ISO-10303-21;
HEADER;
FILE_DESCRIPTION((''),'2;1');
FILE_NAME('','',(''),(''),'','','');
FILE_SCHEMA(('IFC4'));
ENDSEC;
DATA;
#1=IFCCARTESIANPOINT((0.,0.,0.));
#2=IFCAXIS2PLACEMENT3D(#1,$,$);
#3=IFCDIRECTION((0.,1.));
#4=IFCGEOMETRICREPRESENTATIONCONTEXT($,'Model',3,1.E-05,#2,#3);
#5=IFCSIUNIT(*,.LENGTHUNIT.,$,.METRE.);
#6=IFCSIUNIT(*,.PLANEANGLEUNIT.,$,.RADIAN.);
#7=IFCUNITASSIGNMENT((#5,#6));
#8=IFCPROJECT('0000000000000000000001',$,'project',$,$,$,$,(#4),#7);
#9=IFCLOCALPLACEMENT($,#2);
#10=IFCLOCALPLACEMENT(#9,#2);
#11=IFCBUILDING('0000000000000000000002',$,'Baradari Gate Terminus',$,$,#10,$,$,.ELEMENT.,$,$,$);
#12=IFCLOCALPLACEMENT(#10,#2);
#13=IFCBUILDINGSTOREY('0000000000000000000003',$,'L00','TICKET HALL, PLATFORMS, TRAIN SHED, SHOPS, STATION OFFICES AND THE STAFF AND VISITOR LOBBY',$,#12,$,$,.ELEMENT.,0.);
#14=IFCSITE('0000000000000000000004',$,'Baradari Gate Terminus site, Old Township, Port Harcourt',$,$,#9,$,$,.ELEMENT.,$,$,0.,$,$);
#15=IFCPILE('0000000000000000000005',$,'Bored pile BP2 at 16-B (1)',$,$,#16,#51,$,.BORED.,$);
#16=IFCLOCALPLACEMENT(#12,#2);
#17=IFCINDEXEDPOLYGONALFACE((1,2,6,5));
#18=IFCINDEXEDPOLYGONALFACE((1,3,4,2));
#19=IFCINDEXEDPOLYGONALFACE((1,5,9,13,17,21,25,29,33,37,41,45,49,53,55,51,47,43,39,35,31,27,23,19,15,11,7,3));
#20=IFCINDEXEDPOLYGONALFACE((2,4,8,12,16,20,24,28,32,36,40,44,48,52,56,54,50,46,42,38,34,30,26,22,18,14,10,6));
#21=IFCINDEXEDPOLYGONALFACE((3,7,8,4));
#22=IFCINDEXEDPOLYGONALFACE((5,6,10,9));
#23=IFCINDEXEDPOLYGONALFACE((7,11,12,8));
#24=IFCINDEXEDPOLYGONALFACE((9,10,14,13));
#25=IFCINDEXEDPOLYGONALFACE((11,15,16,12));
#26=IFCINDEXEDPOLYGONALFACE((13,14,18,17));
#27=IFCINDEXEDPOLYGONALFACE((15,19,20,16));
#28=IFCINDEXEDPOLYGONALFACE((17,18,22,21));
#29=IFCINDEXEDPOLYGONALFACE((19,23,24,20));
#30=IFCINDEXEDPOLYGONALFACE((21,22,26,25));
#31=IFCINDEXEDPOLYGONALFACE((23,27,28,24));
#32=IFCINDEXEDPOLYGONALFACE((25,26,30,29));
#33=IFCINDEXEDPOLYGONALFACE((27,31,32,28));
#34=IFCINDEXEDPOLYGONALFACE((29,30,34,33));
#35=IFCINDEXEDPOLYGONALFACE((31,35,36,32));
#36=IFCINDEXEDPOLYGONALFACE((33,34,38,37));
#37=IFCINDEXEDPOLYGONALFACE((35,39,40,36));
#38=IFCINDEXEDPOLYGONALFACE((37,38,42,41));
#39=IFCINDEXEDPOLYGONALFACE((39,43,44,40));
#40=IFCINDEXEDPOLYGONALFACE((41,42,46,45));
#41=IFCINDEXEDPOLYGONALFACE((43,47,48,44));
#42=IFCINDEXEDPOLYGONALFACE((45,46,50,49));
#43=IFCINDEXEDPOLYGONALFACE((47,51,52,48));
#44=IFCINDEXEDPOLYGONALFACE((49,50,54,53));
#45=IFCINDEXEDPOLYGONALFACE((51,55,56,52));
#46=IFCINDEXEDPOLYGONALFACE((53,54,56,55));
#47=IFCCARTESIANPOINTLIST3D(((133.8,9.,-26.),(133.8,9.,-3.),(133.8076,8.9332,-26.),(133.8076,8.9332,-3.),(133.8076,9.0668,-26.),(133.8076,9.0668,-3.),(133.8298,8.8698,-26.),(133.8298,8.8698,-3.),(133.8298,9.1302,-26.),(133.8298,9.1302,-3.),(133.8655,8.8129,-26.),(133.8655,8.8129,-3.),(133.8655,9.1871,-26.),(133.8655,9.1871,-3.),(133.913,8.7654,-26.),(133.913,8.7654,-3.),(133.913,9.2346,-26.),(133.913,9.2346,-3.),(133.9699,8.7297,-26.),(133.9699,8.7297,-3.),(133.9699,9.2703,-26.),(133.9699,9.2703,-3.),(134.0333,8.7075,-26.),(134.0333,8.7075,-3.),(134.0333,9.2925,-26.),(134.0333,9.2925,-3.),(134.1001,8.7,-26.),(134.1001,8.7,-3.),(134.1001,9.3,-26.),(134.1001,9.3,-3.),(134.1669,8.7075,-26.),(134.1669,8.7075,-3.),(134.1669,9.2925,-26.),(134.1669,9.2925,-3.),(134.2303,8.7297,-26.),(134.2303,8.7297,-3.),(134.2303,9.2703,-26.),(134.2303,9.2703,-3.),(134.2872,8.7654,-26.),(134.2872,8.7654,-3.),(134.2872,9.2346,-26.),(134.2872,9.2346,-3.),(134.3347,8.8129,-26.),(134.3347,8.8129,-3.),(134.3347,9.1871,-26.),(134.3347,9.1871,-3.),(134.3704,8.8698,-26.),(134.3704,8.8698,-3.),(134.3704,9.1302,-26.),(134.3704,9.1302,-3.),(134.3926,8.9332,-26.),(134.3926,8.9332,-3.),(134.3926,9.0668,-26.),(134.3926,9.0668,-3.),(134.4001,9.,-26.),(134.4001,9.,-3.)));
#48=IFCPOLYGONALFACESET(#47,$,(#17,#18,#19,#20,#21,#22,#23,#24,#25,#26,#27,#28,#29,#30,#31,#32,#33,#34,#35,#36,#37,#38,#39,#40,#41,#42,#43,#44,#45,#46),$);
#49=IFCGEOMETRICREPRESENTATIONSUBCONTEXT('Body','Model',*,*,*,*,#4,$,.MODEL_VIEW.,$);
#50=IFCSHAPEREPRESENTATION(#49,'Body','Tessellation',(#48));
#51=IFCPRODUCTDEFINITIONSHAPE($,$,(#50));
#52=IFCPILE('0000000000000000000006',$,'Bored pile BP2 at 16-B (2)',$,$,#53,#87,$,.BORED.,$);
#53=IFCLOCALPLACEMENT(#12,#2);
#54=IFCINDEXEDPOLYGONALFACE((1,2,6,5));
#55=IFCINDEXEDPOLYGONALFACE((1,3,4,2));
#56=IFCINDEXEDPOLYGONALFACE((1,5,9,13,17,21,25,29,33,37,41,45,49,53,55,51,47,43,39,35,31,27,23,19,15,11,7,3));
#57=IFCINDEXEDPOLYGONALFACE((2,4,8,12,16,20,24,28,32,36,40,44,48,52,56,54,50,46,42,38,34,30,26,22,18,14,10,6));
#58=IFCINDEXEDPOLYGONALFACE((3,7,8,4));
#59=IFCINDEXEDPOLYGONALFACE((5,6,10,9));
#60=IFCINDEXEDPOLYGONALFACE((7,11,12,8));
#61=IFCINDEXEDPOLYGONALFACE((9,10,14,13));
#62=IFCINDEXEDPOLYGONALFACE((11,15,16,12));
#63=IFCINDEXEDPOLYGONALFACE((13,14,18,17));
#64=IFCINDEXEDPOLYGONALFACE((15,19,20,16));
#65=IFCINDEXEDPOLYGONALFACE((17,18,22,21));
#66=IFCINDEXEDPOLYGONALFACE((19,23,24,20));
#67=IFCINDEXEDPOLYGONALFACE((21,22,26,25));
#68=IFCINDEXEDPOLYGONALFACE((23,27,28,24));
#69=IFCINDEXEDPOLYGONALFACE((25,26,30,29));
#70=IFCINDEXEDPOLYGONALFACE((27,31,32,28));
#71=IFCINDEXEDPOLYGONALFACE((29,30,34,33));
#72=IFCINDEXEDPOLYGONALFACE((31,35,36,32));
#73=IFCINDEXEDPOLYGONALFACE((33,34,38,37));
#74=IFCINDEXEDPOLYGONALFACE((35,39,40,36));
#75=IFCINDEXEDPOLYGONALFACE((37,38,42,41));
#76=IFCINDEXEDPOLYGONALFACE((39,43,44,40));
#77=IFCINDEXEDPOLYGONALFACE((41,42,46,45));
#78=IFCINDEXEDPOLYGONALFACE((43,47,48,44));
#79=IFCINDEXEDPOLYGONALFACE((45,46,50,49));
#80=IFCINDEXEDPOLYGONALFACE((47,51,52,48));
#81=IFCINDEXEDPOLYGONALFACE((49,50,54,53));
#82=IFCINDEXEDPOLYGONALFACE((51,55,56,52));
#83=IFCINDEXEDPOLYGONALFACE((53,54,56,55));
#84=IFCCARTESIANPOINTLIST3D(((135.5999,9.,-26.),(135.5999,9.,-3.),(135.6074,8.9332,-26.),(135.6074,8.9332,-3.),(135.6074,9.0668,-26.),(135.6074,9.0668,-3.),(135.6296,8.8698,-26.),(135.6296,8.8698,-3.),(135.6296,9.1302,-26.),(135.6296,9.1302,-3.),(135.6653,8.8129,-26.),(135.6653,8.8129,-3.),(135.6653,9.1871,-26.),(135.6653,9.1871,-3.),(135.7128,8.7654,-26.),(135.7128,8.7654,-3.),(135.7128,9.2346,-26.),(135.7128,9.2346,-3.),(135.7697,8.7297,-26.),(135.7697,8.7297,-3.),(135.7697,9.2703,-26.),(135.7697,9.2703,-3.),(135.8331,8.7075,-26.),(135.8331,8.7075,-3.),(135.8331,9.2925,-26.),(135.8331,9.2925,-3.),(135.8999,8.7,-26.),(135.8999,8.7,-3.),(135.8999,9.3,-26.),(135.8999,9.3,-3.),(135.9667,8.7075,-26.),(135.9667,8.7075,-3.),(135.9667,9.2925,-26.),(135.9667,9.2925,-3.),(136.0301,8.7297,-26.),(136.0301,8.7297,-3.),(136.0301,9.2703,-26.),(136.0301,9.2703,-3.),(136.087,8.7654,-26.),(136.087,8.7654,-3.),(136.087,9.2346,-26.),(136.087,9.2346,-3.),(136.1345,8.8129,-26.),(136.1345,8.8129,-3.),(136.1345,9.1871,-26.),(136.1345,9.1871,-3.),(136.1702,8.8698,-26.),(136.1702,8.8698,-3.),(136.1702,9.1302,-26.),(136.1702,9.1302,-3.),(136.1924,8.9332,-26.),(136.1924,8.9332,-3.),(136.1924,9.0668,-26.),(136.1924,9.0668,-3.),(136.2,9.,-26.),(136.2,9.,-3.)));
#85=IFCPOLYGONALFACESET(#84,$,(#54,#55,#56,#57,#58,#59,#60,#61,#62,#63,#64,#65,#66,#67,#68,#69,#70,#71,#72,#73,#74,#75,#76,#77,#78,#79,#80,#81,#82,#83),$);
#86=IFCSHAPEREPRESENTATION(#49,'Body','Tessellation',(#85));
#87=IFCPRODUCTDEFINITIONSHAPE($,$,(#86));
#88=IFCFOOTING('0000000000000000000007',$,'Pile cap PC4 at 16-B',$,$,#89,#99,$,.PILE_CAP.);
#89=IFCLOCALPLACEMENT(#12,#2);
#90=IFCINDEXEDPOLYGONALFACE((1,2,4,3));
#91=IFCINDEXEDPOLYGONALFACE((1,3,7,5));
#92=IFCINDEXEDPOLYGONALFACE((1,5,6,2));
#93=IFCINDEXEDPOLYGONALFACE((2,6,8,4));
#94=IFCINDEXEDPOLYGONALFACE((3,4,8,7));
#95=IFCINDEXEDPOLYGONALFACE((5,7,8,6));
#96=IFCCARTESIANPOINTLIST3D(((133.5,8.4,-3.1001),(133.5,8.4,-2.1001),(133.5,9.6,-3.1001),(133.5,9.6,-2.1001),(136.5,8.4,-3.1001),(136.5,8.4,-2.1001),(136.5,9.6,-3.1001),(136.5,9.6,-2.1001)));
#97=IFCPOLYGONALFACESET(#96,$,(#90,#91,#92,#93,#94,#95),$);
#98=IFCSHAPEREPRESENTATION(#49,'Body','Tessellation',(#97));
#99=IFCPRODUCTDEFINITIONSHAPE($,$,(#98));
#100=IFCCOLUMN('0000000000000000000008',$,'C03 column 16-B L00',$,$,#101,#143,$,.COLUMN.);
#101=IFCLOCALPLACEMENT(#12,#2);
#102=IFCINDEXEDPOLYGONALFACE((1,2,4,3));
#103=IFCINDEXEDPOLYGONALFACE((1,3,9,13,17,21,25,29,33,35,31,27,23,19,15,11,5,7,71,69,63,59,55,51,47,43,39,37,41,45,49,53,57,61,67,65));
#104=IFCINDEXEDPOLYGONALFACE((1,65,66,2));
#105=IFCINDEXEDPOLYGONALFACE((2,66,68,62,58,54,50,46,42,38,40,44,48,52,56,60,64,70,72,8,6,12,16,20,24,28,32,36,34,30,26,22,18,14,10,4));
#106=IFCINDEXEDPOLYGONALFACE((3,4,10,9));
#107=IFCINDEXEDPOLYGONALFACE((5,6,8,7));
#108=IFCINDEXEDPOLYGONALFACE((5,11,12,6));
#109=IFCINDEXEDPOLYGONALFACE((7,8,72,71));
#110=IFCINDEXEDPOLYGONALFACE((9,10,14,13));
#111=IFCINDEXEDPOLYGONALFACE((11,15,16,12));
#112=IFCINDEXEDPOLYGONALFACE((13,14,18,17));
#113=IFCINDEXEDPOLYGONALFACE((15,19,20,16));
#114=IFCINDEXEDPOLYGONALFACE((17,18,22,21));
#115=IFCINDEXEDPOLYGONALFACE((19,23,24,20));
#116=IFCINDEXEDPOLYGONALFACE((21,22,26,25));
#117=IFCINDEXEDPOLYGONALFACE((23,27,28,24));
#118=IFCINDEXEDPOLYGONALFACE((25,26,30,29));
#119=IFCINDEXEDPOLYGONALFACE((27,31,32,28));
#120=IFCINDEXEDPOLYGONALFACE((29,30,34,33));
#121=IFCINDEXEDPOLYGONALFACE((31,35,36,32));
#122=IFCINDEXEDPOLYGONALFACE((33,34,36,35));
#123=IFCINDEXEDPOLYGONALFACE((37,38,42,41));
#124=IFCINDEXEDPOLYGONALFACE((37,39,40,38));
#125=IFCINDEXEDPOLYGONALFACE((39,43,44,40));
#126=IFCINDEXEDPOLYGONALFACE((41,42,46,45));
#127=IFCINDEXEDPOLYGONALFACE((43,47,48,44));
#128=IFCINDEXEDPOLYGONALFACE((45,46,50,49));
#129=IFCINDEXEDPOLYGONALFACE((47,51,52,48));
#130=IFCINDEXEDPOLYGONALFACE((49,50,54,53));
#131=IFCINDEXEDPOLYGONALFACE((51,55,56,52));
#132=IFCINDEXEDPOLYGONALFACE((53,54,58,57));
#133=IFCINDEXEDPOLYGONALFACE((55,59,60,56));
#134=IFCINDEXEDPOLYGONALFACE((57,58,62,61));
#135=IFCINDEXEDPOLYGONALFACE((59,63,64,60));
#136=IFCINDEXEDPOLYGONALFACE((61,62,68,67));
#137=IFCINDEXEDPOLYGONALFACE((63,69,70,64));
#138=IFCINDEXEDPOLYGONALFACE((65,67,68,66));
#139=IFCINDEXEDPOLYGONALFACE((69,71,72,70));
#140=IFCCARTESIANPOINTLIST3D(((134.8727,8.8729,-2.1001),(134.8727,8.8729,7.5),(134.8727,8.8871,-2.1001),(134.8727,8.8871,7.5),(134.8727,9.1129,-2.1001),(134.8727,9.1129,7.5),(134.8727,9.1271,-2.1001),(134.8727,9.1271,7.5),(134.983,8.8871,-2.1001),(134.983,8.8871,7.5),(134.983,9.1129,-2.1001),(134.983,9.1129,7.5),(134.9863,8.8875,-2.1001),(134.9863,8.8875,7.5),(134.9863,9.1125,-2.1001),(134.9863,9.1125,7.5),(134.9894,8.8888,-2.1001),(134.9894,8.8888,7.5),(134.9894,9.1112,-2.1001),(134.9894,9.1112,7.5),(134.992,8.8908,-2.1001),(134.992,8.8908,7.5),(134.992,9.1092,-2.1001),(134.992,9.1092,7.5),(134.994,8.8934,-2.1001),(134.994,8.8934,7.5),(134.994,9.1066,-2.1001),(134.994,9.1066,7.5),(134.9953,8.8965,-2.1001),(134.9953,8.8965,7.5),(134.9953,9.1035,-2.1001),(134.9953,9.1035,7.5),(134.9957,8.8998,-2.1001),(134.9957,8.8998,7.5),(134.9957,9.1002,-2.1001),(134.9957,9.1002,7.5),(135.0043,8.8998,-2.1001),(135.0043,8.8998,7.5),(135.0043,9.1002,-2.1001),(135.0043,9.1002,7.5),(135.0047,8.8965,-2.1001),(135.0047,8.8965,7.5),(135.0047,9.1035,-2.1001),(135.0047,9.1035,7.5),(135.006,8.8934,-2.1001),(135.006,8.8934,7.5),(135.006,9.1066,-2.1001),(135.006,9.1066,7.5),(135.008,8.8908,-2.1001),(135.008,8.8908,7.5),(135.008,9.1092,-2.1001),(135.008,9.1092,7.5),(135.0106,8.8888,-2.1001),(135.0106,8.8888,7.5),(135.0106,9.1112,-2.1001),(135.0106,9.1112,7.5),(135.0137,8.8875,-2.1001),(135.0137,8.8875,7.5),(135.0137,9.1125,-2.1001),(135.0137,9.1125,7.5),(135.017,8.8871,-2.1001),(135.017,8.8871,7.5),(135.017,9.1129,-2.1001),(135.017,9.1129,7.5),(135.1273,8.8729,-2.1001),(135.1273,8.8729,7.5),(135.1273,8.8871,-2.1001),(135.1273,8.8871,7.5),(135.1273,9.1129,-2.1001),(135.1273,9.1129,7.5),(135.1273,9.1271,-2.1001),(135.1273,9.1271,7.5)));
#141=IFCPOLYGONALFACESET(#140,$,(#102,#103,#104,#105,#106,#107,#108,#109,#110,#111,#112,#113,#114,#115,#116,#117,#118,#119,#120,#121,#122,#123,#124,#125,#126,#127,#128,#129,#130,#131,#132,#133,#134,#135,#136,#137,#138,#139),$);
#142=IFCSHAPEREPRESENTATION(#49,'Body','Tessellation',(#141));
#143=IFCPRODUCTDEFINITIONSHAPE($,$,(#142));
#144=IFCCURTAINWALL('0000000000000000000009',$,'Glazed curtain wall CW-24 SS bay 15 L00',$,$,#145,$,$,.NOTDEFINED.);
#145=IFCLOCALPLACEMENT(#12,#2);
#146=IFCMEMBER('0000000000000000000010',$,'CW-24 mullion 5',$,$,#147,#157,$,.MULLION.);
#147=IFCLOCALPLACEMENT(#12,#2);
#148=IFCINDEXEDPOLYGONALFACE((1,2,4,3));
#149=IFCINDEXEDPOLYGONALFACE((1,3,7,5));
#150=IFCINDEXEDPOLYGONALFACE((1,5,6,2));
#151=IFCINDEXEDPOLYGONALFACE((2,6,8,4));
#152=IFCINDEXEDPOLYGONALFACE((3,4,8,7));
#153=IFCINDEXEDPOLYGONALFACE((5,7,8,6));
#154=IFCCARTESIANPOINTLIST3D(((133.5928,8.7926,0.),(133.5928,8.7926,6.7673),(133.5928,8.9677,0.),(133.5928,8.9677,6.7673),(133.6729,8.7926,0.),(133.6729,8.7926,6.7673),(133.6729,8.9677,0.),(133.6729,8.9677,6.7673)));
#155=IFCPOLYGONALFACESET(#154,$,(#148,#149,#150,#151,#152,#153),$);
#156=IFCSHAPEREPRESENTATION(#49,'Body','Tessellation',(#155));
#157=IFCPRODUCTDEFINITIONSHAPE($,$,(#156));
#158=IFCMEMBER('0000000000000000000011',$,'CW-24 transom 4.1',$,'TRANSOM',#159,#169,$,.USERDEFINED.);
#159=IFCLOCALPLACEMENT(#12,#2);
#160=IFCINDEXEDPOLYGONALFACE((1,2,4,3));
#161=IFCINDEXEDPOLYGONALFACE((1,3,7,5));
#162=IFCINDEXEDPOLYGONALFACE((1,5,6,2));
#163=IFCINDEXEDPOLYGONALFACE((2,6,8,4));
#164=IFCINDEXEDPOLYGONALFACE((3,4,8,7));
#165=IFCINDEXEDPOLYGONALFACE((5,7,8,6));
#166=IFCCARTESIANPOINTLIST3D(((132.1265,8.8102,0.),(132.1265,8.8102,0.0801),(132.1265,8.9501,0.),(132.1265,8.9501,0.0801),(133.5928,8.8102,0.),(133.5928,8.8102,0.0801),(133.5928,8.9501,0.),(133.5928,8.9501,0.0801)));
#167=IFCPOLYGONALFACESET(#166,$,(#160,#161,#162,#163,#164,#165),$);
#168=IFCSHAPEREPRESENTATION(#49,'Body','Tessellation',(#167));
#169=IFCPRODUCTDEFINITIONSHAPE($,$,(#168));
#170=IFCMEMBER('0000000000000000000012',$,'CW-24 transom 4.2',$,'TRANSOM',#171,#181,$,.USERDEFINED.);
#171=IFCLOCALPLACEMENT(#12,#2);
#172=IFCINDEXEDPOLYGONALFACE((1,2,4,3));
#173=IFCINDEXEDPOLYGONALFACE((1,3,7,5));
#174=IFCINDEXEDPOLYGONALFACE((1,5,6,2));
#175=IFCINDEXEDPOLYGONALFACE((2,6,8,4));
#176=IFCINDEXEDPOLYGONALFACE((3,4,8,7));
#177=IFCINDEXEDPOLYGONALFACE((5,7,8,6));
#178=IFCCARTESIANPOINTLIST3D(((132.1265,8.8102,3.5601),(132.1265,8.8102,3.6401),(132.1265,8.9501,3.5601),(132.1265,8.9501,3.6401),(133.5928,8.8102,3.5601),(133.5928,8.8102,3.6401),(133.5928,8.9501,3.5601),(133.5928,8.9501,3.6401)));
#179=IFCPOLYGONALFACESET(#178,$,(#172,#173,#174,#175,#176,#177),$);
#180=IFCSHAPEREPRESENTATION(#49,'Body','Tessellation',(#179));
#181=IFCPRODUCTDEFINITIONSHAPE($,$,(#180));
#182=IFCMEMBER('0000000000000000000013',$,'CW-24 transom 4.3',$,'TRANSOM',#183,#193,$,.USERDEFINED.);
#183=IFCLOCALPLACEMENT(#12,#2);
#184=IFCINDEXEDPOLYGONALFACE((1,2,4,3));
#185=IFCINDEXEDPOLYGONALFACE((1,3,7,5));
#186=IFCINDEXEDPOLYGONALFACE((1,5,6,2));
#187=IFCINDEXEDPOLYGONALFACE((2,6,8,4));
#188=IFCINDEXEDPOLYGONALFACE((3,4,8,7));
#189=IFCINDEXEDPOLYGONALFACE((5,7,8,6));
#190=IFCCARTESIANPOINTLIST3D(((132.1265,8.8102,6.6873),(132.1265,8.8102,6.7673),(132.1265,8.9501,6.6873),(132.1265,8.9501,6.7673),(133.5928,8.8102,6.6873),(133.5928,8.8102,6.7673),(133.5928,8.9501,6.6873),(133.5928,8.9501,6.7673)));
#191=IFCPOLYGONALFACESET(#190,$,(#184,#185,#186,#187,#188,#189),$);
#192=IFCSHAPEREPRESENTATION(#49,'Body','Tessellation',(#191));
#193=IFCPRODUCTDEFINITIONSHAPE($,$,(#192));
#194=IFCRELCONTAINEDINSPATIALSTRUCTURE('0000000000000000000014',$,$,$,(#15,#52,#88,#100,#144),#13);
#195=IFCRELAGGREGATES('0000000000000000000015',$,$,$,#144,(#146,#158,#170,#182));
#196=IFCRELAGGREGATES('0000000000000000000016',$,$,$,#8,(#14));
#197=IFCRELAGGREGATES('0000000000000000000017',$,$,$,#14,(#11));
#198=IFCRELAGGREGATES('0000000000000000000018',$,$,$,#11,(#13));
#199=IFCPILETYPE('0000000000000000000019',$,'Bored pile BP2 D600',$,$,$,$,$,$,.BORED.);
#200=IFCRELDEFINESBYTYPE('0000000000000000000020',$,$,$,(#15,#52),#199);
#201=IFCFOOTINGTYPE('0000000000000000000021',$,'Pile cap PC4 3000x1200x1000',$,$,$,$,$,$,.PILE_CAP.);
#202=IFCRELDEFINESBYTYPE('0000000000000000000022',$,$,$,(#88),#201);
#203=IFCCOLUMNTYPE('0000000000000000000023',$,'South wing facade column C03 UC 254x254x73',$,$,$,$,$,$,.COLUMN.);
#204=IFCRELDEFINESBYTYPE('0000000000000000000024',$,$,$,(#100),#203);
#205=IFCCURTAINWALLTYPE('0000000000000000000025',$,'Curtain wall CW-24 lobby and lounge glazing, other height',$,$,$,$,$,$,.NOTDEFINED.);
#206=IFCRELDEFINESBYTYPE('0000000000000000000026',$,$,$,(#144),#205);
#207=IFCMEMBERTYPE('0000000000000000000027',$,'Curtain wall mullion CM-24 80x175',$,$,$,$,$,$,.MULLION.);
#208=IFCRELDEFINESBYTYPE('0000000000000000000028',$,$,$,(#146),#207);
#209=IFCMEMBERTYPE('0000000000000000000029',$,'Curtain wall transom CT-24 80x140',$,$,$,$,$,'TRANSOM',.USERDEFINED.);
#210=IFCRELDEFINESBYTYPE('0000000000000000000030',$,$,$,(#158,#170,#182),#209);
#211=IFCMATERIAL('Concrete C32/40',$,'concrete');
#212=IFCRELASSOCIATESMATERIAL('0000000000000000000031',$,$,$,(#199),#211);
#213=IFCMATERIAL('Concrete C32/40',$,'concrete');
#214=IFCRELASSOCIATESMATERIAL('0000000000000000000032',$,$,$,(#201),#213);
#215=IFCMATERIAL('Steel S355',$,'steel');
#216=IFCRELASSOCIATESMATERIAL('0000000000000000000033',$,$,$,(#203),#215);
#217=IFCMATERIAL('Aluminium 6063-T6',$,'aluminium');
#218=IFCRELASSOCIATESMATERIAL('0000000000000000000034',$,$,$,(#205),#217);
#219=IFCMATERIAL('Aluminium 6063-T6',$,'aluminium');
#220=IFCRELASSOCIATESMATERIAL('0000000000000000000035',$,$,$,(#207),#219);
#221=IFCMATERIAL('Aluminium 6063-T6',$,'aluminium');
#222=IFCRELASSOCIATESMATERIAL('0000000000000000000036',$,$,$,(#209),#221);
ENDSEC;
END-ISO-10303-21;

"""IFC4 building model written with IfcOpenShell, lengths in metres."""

from ifc_helpers import new_model, si_unit, direction, frame, origin, origin_2d, place, context, subcontext, project, spatial, rectangle, circle, i_section, extrude, material, material_profile, profile_set, type_object, element, aggregate, save


model = new_model("IFC4")

# Units and contexts
model_context = context("Model", 3, precision=1e-05, world=origin(), true_north=direction((0.0, 1.0)))
body_context = subcontext(model_context, "Body", "Model", "MODEL_VIEW")
ifc_project = project(units=[si_unit("LENGTHUNIT", "METRE"), si_unit("PLANEANGLEUNIT", "RADIAN")], contexts=[model_context])

# Site, building, storey
site_placement = place(None, origin())
site = spatial("IfcSite", under=ifc_project, at=site_placement, Name="Baradari Gate Terminus site, Old Township, Port Harcourt", CompositionType="ELEMENT", RefElevation=0.0)
building_placement = place(site_placement, origin())
building = spatial("IfcBuilding", under=site, at=building_placement, Name="Baradari Gate Terminus", CompositionType="ELEMENT")
storey_placement = place(building_placement, origin())
storey = spatial("IfcBuildingStorey", under=building, at=storey_placement, Name="L00", Description="TICKET HALL, PLATFORMS, TRAIN SHED, SHOPS, STATION OFFICES AND THE STAFF AND VISITOR LOBBY", CompositionType="ELEMENT", Elevation=0.0)

# Piles
ifc_material_1 = material(Name="Concrete C32/40", Category="concrete")
pile_type = type_object("IfcPileType", Name="Bored pile BP2 D600", PredefinedType="BORED", material=ifc_material_1)
for number, where, z_axis, x_axis, name in (
    (1, (134.1001, 9.0, -3.0), (0.0, 0.0, -1.0), (1.0, 0.0, 0.0), "Bored pile BP2 at 16-B (1)"),
    (2, (135.8999, 9.0, -3.0), (0.0, 0.0, -1.0), (1.0, 0.0, 0.0), "Bored pile BP2 at 16-B (2)"),
):
    element("IfcPile", number, at=place(storey_placement, frame(where, z_axis=z_axis, x_axis=x_axis)), inside=storey, type_object=pile_type, Name=name, PredefinedType="BORED", context=body_context, shape_type="SweptSolid", body=[
        extrude(circle(Radius=0.3, at=origin_2d()), origin(), (0.0, 0.0, 1.0), 23.0),
    ])

# Footing
ifc_material_2 = material(Name="Concrete C32/40", Category="concrete")
footing_type = type_object("IfcFootingType", Name="Pile cap PC4 3000x1200x1000", PredefinedType="PILE_CAP", material=ifc_material_2)
footing_placement = place(storey_placement, frame((135.0, 9.0, -3.1001), z_axis=(0.0, 0.0, 1.0), x_axis=(1.0, 0.0, 0.0)))
element("IfcFooting", 3, at=footing_placement, inside=storey, type_object=footing_type, Name="Pile cap PC4 at 16-B", PredefinedType="PILE_CAP", context=body_context, shape_type="SweptSolid", body=[
    extrude(rectangle(XDim=3.0, YDim=1.2, at=origin_2d()), origin(), (0.0, 0.0, 1.0), 1.0),
])

# Column
ifc_material_3 = material(Name="Steel S355", Category="steel")
ifc_material_profile_1 = material_profile(ifc_material_3, i_section(OverallWidth=0.2546, OverallDepth=0.2542, WebThickness=0.0085, FlangeThickness=0.0142, FilletRadius=0.0127, at=origin_2d()), Name="UC 254x254x73")
ifc_profile_set_1 = profile_set([ifc_material_profile_1], Name="Steel S355")
column_type = type_object("IfcColumnType", Name="South wing facade column C03 UC 254x254x73", PredefinedType="COLUMN", material=ifc_profile_set_1)
column_placement = place(storey_placement, frame((135.0, 9.0, -2.1001), z_axis=(0.0, 0.0, 1.0), x_axis=(1.0, 0.0, 0.0)))
element("IfcColumn", 4, at=column_placement, inside=storey, type_object=column_type, Name="C03 column 16-B L00", PredefinedType="COLUMN", context=body_context, shape_type="SweptSolid", body=[
    extrude(i_section(OverallWidth=0.2546, OverallDepth=0.2542, WebThickness=0.0085, FlangeThickness=0.0142, FilletRadius=0.0127, at=origin_2d()), origin(), (0.0, 0.0, 1.0), 9.6001),
])

# Curtain wall, members
ifc_material_4 = material(Name="Aluminium 6063-T6", Category="aluminium")
curtain_wall_type = type_object("IfcCurtainWallType", Name="Curtain wall CW-24 lobby and lounge glazing, other height", PredefinedType="NOTDEFINED", material=ifc_material_4)
curtain_wall_placement = place(storey_placement, origin())
curtain_wall = element("IfcCurtainWall", 5, at=curtain_wall_placement, inside=storey, type_object=curtain_wall_type, Name="Glazed curtain wall CW-24 SS bay 15 L00", PredefinedType="NOTDEFINED")
ifc_material_5 = material(Name="Aluminium 6063-T6", Category="aluminium")
ifc_material_profile_2 = material_profile(ifc_material_5, rectangle(XDim=0.175, YDim=0.0801, at=origin_2d()), Name="CM-24 80X175")
ifc_profile_set_2 = profile_set([ifc_material_profile_2], Name="Aluminium 6063-T6")
member_type_1 = type_object("IfcMemberType", Name="Curtain wall mullion CM-24 80x175", PredefinedType="MULLION", material=ifc_profile_set_2)
member_1_placement = place(storey_placement, frame((133.6328, 8.8801, 0.0), z_axis=(0.0, 0.0, 1.0), x_axis=(0.0, 1.0, 0.0)))
member_1 = element("IfcMember", 6, at=member_1_placement, type_object=member_type_1, Name="CW-24 mullion 5", PredefinedType="MULLION", context=body_context, shape_type="SweptSolid", body=[
    extrude(rectangle(XDim=0.175, YDim=0.0801, at=origin_2d()), origin(), (0.0, 0.0, 1.0), 6.7673),
])
ifc_material_6 = material(Name="Aluminium 6063-T6", Category="aluminium")
ifc_material_profile_3 = material_profile(ifc_material_6, rectangle(XDim=0.1399, YDim=0.0801, at=origin_2d()), Name="CT-24 80X140")
ifc_profile_set_3 = profile_set([ifc_material_profile_3], Name="Aluminium 6063-T6")
member_type_2 = type_object("IfcMemberType", Name="Curtain wall transom CT-24 80x140", ElementType="TRANSOM", PredefinedType="USERDEFINED", material=ifc_profile_set_3)
member_2_placement = place(storey_placement, frame((132.1265, 8.8801, 0.04), z_axis=(1.0, 0.0, 0.0), x_axis=(0.0, 1.0, 0.0)))
member_2 = element("IfcMember", 7, at=member_2_placement, type_object=member_type_2, Name="CW-24 transom 4.1", ObjectType="TRANSOM", PredefinedType="USERDEFINED", context=body_context, shape_type="SweptSolid", body=[
    extrude(rectangle(XDim=0.1399, YDim=0.0801, at=origin_2d()), origin(), (0.0, 0.0, 1.0), 1.4663),
])
member_3_placement = place(storey_placement, frame((132.1265, 8.8801, 3.6001), z_axis=(1.0, 0.0, 0.0), x_axis=(0.0, 1.0, 0.0)))
member_3 = element("IfcMember", 8, at=member_3_placement, type_object=member_type_2, Name="CW-24 transom 4.2", ObjectType="TRANSOM", PredefinedType="USERDEFINED", context=body_context, shape_type="SweptSolid", body=[
    extrude(rectangle(XDim=0.1399, YDim=0.0801, at=origin_2d()), origin(), (0.0, 0.0, 1.0), 1.4663),
])
member_4_placement = place(storey_placement, frame((132.1265, 8.8801, 6.7273), z_axis=(1.0, 0.0, 0.0), x_axis=(0.0, 1.0, 0.0)))
member_4 = element("IfcMember", 9, at=member_4_placement, type_object=member_type_2, Name="CW-24 transom 4.3", ObjectType="TRANSOM", PredefinedType="USERDEFINED", context=body_context, shape_type="SweptSolid", body=[
    extrude(rectangle(XDim=0.1399, YDim=0.0801, at=origin_2d()), origin(), (0.0, 0.0, 1.0), 1.4663),
])
aggregate(curtain_wall, [member_1, member_2, member_3, member_4])

save(model, "model.ifc")
